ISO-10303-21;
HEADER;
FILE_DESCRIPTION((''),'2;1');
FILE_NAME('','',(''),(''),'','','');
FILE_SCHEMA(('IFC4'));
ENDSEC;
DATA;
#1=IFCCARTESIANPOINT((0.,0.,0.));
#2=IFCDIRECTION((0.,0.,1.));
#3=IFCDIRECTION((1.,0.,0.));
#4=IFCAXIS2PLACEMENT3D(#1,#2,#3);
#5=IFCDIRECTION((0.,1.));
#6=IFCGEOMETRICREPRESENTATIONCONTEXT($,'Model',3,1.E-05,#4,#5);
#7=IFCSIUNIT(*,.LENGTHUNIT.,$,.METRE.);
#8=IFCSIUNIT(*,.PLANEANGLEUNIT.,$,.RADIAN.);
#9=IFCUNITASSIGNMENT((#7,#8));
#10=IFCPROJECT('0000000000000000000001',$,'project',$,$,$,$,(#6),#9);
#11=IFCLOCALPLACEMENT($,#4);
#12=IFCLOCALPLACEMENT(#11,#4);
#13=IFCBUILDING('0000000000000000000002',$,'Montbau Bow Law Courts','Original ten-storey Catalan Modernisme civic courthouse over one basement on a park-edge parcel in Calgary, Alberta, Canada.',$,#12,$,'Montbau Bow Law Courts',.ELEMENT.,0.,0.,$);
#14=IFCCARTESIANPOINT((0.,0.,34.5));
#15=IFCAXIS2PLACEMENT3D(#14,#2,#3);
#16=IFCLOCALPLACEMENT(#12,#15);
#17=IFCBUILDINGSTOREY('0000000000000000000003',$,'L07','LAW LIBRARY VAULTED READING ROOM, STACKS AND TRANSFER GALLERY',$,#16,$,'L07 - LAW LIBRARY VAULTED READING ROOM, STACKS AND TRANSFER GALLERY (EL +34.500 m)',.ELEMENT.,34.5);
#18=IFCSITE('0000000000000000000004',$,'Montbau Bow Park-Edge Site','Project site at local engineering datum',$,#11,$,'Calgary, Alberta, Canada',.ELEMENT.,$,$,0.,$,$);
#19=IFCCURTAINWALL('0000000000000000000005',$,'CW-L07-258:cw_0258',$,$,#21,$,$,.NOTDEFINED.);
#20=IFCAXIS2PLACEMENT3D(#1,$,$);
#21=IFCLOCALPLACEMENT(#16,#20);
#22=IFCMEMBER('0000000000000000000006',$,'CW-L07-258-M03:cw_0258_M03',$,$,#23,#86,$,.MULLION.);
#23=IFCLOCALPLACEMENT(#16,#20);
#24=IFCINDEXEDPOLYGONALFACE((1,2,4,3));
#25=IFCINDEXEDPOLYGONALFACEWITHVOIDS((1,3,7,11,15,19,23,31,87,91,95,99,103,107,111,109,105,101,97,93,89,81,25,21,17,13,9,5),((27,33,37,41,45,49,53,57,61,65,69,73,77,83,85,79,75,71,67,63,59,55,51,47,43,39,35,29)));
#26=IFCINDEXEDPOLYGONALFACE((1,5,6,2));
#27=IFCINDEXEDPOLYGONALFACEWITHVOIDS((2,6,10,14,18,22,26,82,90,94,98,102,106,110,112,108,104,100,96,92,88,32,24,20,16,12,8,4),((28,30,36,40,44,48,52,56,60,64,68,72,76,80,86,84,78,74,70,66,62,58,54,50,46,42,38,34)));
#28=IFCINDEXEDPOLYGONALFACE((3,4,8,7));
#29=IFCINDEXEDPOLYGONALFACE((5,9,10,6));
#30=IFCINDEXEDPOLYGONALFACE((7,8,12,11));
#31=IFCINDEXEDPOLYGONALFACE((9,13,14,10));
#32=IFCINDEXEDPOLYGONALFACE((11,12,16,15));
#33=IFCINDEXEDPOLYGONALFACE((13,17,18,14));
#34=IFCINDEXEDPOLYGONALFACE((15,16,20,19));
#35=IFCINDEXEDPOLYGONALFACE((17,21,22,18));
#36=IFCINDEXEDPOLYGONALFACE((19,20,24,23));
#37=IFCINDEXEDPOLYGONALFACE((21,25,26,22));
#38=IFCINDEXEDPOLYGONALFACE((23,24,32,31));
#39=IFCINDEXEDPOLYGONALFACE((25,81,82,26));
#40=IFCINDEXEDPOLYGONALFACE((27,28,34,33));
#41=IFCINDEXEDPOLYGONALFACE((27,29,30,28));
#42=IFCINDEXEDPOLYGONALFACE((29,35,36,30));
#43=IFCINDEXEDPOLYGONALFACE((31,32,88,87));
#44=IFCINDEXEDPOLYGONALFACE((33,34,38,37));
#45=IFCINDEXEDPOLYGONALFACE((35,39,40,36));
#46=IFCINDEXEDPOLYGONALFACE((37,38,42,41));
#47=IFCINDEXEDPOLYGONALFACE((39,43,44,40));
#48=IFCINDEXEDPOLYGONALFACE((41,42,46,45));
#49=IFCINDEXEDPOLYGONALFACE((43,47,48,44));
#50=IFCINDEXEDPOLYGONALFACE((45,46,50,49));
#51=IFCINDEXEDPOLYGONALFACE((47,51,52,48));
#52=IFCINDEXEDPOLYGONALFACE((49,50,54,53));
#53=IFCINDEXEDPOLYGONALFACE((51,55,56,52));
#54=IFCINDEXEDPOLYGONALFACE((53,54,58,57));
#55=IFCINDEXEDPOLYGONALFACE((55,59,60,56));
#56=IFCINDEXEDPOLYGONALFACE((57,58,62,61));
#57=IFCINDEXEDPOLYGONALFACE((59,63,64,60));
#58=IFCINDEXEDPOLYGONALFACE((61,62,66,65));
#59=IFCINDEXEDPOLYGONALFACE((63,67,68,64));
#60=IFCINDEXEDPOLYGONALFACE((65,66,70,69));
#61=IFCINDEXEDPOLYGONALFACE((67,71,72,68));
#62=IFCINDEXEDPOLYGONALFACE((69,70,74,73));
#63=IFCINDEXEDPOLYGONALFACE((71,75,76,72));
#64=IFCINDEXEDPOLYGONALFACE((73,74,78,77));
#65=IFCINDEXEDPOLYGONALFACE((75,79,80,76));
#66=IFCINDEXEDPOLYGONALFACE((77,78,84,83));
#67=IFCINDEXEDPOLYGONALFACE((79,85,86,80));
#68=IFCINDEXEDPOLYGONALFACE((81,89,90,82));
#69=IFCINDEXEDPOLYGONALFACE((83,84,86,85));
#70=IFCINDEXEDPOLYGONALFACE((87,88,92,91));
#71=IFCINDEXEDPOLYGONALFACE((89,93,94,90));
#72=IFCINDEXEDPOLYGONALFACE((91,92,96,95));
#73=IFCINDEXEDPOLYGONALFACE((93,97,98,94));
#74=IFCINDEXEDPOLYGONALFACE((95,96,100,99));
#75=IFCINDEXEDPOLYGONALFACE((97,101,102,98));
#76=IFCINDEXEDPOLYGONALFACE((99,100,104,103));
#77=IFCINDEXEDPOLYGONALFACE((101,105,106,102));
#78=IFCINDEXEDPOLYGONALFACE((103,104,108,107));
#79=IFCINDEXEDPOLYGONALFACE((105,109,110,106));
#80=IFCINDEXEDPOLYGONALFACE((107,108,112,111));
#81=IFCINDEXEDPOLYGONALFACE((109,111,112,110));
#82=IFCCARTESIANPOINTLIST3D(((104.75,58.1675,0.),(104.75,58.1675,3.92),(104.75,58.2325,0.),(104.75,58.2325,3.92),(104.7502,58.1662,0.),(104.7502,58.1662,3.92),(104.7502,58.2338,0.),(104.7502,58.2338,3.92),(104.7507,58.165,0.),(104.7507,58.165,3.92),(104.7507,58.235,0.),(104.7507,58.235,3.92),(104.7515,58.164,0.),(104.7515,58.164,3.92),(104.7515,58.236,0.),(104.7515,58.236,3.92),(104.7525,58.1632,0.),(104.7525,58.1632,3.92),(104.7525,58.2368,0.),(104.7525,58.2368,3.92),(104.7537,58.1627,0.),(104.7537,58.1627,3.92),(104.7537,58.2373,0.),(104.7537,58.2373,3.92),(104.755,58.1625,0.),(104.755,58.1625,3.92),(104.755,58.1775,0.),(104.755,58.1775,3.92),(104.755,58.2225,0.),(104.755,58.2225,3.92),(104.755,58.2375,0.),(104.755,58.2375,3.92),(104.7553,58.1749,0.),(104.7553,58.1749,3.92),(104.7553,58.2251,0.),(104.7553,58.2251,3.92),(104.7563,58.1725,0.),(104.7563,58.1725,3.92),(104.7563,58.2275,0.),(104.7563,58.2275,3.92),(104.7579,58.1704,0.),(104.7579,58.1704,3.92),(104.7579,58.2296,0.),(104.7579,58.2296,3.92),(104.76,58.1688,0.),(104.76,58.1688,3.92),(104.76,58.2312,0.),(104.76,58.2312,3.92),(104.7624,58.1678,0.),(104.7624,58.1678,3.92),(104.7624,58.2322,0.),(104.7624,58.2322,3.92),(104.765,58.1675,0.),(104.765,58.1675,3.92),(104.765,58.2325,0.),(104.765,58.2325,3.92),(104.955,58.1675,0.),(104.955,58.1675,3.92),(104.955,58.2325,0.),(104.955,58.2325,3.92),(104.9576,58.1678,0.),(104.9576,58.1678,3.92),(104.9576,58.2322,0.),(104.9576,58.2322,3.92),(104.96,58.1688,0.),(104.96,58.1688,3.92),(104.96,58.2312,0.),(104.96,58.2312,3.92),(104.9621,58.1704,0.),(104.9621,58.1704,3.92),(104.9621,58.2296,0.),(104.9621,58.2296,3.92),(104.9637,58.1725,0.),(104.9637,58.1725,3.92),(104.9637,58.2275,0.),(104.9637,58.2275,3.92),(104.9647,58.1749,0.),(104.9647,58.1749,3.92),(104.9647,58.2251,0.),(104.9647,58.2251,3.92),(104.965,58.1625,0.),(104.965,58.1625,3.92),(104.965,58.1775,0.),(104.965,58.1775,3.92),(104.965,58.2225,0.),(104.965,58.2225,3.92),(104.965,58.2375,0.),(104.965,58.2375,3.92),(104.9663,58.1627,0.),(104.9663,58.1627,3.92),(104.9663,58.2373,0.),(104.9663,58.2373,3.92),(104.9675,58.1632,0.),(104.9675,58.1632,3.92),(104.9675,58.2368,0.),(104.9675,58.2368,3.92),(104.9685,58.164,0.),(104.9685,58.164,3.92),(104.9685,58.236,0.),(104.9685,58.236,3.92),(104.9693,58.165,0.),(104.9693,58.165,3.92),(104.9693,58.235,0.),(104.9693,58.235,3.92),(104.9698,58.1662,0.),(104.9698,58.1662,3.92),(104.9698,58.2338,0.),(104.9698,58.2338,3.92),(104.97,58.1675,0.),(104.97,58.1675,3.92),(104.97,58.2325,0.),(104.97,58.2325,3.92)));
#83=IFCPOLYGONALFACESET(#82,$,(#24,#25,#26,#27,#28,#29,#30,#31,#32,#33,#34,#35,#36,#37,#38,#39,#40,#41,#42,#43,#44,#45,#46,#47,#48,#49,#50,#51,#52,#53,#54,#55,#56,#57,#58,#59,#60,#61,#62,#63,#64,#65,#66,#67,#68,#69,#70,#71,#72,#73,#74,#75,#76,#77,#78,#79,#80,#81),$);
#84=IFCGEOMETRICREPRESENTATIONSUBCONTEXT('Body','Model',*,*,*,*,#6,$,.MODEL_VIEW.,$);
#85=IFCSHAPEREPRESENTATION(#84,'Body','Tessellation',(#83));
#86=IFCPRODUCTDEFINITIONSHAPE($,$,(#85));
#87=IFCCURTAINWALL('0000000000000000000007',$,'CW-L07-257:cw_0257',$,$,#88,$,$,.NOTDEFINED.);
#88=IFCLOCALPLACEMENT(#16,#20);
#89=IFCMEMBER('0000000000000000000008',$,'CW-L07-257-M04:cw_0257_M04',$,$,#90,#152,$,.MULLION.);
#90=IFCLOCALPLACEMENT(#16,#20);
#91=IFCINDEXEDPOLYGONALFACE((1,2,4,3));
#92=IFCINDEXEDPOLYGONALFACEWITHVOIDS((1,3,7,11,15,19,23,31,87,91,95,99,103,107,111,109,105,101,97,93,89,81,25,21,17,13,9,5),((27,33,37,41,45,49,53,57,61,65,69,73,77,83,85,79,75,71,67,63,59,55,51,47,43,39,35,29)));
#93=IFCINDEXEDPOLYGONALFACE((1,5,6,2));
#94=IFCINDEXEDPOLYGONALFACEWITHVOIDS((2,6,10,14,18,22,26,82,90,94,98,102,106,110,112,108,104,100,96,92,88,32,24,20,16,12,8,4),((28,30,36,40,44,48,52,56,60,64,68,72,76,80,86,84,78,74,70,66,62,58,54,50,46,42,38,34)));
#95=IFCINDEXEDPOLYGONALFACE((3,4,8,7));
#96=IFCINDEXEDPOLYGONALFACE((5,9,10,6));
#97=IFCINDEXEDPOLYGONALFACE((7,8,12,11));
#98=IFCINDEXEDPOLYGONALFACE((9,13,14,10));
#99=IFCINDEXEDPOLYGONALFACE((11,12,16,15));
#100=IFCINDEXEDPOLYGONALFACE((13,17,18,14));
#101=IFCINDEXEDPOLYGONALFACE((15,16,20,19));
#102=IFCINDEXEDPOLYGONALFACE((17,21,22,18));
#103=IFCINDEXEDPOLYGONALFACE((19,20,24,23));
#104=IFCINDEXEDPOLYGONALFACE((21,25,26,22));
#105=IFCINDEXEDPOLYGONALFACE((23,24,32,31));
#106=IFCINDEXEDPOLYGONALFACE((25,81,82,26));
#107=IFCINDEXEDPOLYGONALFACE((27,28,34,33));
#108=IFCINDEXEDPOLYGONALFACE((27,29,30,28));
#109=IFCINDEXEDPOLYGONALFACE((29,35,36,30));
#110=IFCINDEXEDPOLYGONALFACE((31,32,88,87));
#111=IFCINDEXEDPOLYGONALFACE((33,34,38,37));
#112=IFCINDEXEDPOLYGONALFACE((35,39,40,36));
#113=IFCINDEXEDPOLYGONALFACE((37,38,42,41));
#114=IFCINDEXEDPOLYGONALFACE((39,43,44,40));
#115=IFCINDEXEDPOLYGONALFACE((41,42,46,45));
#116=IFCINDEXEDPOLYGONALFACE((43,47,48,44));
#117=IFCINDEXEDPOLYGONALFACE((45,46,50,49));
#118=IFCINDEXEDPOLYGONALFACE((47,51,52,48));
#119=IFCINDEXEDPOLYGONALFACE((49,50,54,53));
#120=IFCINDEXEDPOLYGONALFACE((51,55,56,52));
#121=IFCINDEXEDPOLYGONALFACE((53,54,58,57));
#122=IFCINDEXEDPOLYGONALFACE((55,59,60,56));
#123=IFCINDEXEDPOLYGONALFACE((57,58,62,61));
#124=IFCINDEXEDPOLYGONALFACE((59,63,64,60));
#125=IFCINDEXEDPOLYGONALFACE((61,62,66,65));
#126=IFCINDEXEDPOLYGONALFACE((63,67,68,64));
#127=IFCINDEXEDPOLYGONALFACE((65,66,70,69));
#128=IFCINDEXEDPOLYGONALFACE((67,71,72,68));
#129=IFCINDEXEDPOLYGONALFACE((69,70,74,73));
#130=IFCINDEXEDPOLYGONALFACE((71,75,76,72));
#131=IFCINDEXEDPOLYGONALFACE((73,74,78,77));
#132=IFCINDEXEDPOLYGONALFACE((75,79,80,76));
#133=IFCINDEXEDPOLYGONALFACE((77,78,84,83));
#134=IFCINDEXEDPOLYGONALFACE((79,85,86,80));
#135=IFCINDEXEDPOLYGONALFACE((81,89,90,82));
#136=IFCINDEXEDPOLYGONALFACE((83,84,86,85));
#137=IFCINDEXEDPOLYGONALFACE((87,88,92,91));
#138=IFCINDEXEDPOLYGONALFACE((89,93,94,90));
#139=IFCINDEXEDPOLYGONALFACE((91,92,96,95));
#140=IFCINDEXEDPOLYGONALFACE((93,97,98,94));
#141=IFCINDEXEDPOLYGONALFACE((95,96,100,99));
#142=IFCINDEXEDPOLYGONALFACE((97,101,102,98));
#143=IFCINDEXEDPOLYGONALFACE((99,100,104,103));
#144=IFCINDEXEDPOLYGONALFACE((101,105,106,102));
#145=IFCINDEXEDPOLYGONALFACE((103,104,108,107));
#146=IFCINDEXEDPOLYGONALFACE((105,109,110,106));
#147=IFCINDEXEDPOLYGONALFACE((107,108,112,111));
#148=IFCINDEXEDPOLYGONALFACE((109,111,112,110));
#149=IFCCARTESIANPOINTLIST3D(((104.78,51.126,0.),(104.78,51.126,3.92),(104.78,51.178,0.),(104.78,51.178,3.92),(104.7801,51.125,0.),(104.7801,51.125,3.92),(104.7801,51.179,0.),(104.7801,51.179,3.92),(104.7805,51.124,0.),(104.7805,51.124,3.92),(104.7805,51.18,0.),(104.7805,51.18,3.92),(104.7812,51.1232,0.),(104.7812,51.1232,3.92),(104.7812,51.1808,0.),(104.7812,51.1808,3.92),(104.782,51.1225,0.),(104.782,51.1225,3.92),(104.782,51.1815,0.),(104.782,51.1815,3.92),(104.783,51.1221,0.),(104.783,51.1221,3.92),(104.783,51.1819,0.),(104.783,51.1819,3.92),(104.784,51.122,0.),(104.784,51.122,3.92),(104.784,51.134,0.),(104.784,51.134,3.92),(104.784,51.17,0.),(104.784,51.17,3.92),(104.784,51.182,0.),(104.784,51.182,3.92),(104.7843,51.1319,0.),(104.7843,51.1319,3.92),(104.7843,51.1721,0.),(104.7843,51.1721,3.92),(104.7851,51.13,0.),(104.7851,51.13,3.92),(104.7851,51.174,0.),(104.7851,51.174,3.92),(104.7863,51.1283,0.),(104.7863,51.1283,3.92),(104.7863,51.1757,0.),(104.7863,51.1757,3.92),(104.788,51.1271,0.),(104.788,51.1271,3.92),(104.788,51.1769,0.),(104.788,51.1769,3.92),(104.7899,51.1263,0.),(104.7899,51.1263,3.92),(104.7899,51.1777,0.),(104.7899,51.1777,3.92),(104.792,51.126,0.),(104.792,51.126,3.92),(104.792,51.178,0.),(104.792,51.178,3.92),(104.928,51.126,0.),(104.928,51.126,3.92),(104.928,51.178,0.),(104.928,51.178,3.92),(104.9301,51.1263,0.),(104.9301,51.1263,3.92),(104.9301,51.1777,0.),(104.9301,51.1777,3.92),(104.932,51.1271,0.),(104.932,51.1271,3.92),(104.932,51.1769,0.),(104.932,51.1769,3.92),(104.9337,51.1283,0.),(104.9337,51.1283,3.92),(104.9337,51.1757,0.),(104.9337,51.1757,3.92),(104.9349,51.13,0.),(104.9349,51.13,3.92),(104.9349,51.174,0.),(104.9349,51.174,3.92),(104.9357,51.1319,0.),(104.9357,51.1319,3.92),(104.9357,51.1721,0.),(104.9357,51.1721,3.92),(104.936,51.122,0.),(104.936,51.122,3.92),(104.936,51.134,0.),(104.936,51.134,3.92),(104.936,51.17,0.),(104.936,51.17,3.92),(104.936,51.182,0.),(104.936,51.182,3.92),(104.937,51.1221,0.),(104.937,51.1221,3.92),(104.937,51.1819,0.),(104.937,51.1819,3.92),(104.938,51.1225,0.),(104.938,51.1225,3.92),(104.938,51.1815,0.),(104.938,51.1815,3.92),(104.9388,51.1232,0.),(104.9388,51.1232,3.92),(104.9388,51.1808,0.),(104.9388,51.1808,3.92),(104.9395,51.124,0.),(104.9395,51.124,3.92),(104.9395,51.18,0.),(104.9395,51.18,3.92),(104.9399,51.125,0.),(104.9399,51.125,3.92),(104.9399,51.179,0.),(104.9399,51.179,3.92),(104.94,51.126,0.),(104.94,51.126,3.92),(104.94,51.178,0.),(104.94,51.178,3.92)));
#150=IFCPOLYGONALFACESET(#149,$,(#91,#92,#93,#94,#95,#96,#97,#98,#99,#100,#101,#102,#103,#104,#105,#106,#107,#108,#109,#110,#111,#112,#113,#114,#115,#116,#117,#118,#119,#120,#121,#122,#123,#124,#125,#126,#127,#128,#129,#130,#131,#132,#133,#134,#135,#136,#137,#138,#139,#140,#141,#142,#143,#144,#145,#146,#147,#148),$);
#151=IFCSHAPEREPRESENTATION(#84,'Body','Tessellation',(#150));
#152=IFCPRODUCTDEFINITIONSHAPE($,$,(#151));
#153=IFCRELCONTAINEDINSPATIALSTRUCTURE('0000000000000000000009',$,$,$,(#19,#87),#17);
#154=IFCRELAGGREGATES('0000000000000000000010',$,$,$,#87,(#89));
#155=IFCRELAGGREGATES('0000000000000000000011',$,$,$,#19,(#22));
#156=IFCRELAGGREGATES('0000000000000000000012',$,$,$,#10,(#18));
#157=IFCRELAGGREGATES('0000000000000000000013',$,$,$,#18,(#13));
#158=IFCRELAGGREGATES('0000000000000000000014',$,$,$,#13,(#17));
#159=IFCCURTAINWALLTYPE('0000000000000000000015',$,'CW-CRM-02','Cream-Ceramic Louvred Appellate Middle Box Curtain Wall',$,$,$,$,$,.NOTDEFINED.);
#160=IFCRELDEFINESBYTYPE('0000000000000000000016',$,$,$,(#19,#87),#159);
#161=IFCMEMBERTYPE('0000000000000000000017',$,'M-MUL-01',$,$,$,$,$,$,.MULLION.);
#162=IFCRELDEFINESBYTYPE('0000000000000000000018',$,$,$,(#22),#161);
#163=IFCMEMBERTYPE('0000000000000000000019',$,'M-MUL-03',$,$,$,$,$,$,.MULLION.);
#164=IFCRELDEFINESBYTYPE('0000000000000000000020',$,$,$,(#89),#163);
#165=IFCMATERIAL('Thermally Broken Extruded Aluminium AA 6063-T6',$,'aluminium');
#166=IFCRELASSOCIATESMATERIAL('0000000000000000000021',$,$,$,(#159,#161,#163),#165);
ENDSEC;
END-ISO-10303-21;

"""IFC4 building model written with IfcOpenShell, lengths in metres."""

from ifc_helpers import new_model, si_unit, direction, frame, origin_with_axes, origin_2d_with_axis, place, context, subcontext, project, spatial, hollow_rectangle, extrude, material, material_profile, profile_set, type_object, element, aggregate, save


model = new_model("IFC4")

# Units and contexts
model_context = context("Model", 3, precision=1e-05, world=origin_with_axes(), true_north=direction((0.0, 1.0)))
body_context = subcontext(model_context, "Body", "Model", "MODEL_VIEW")
ifc_project = project(units=[si_unit("LENGTHUNIT", "METRE"), si_unit("PLANEANGLEUNIT", "RADIAN")], contexts=[model_context])

# Site, building, storey
site_placement = place(None, origin_with_axes())
site = spatial("IfcSite", under=ifc_project, at=site_placement, Name="Montbau Bow Park-Edge Site", Description="Project site at local engineering datum", LongName="Calgary, Alberta, Canada", CompositionType="ELEMENT", RefElevation=0.0)
building_placement = place(site_placement, origin_with_axes())
building = spatial("IfcBuilding", under=site, at=building_placement, Name="Montbau Bow Law Courts", Description="Original ten-storey Catalan Modernisme civic courthouse over one basement on a park-edge parcel in Calgary, Alberta, Canada.", LongName="Montbau Bow Law Courts", CompositionType="ELEMENT", ElevationOfRefHeight=0.0, ElevationOfTerrain=0.0)
storey_placement = place(building_placement, frame((0.0, 0.0, 34.5), z_axis=(0.0, 0.0, 1.0), x_axis=(1.0, 0.0, 0.0)))
storey = spatial("IfcBuildingStorey", under=building, at=storey_placement, Name="L07", Description="LAW LIBRARY VAULTED READING ROOM, STACKS AND TRANSFER GALLERY", LongName="L07 - LAW LIBRARY VAULTED READING ROOM, STACKS AND TRANSFER GALLERY (EL +34.500 m)", CompositionType="ELEMENT", Elevation=34.5)

# Curtain walls, members
ifc_material_1 = material(Name="Thermally Broken Extruded Aluminium AA 6063-T6", Category="aluminium")
curtain_wall_type = type_object("IfcCurtainWallType", Name="CW-CRM-02", Description="Cream-Ceramic Louvred Appellate Middle Box Curtain Wall", PredefinedType="NOTDEFINED", material=ifc_material_1)
curtain_wall_1_placement = place(None, frame((104.86, 55.04, 34.5), z_axis=(0.0, 0.0, 1.0), x_axis=(1.0, 0.0, 0.0)))
curtain_wall_1 = element("IfcCurtainWall", 1, at=curtain_wall_1_placement, inside=storey, type_object=curtain_wall_type, Name="CW-L07-258:cw_0258", PredefinedType="NOTDEFINED")
ifc_material_profile_1 = material_profile(ifc_material_1, hollow_rectangle(XDim=0.075, YDim=0.22, WallThickness=0.005, InnerFilletRadius=0.01, OuterFilletRadius=0.005, at=origin_2d_with_axis()), Name="CWM-220X75", Category="Main", Priority=0)
ifc_profile_set_1 = profile_set([ifc_material_profile_1], Name="Thermally Broken Extruded Aluminium AA 6063-T6")
member_type_1 = type_object("IfcMemberType", Name="M-MUL-01", PredefinedType="MULLION", material=ifc_profile_set_1)
member_1_placement = place(None, frame((104.86, 58.2, 34.5), z_axis=(0.0, 0.0, 1.0), x_axis=(0.0, 1.0, 0.0)))
member_1 = element("IfcMember", 2, at=member_1_placement, type_object=member_type_1, Name="CW-L07-258-M03:cw_0258_M03", PredefinedType="MULLION", context=body_context, shape_type="SweptSolid", body=[
    extrude(hollow_rectangle(XDim=0.075, YDim=0.22, WallThickness=0.005, InnerFilletRadius=0.01, OuterFilletRadius=0.005, at=origin_2d_with_axis()), origin_with_axes(), (0.0, 0.0, 1.0), 3.92),
])
curtain_wall_2_placement = place(None, frame((104.86, 46.64, 34.5), z_axis=(0.0, 0.0, 1.0), x_axis=(1.0, 0.0, 0.0)))
curtain_wall_2 = element("IfcCurtainWall", 3, at=curtain_wall_2_placement, inside=storey, type_object=curtain_wall_type, Name="CW-L07-257:cw_0257", PredefinedType="NOTDEFINED")
ifc_material_profile_2 = material_profile(ifc_material_1, hollow_rectangle(XDim=0.06, YDim=0.16, WallThickness=0.004, InnerFilletRadius=0.008, OuterFilletRadius=0.004, at=origin_2d_with_axis()), Name="CWM-160X60", Category="Main", Priority=0)
ifc_profile_set_2 = profile_set([ifc_material_profile_2], Name="Thermally Broken Extruded Aluminium AA 6063-T6")
member_type_2 = type_object("IfcMemberType", Name="M-MUL-03", PredefinedType="MULLION", material=ifc_profile_set_2)
member_2_placement = place(None, frame((104.86, 51.152, 34.5), z_axis=(0.0, 0.0, 1.0), x_axis=(0.0, 1.0, 0.0)))
member_2 = element("IfcMember", 4, at=member_2_placement, type_object=member_type_2, Name="CW-L07-257-M04:cw_0257_M04", PredefinedType="MULLION", context=body_context, shape_type="SweptSolid", body=[
    extrude(hollow_rectangle(XDim=0.06, YDim=0.16, WallThickness=0.004, InnerFilletRadius=0.008, OuterFilletRadius=0.004, at=origin_2d_with_axis()), origin_with_axes(), (0.0, 0.0, 1.0), 3.92),
])

aggregate(curtain_wall_2, [member_2])
aggregate(curtain_wall_1, [member_1])

save(model, "model.ifc")
